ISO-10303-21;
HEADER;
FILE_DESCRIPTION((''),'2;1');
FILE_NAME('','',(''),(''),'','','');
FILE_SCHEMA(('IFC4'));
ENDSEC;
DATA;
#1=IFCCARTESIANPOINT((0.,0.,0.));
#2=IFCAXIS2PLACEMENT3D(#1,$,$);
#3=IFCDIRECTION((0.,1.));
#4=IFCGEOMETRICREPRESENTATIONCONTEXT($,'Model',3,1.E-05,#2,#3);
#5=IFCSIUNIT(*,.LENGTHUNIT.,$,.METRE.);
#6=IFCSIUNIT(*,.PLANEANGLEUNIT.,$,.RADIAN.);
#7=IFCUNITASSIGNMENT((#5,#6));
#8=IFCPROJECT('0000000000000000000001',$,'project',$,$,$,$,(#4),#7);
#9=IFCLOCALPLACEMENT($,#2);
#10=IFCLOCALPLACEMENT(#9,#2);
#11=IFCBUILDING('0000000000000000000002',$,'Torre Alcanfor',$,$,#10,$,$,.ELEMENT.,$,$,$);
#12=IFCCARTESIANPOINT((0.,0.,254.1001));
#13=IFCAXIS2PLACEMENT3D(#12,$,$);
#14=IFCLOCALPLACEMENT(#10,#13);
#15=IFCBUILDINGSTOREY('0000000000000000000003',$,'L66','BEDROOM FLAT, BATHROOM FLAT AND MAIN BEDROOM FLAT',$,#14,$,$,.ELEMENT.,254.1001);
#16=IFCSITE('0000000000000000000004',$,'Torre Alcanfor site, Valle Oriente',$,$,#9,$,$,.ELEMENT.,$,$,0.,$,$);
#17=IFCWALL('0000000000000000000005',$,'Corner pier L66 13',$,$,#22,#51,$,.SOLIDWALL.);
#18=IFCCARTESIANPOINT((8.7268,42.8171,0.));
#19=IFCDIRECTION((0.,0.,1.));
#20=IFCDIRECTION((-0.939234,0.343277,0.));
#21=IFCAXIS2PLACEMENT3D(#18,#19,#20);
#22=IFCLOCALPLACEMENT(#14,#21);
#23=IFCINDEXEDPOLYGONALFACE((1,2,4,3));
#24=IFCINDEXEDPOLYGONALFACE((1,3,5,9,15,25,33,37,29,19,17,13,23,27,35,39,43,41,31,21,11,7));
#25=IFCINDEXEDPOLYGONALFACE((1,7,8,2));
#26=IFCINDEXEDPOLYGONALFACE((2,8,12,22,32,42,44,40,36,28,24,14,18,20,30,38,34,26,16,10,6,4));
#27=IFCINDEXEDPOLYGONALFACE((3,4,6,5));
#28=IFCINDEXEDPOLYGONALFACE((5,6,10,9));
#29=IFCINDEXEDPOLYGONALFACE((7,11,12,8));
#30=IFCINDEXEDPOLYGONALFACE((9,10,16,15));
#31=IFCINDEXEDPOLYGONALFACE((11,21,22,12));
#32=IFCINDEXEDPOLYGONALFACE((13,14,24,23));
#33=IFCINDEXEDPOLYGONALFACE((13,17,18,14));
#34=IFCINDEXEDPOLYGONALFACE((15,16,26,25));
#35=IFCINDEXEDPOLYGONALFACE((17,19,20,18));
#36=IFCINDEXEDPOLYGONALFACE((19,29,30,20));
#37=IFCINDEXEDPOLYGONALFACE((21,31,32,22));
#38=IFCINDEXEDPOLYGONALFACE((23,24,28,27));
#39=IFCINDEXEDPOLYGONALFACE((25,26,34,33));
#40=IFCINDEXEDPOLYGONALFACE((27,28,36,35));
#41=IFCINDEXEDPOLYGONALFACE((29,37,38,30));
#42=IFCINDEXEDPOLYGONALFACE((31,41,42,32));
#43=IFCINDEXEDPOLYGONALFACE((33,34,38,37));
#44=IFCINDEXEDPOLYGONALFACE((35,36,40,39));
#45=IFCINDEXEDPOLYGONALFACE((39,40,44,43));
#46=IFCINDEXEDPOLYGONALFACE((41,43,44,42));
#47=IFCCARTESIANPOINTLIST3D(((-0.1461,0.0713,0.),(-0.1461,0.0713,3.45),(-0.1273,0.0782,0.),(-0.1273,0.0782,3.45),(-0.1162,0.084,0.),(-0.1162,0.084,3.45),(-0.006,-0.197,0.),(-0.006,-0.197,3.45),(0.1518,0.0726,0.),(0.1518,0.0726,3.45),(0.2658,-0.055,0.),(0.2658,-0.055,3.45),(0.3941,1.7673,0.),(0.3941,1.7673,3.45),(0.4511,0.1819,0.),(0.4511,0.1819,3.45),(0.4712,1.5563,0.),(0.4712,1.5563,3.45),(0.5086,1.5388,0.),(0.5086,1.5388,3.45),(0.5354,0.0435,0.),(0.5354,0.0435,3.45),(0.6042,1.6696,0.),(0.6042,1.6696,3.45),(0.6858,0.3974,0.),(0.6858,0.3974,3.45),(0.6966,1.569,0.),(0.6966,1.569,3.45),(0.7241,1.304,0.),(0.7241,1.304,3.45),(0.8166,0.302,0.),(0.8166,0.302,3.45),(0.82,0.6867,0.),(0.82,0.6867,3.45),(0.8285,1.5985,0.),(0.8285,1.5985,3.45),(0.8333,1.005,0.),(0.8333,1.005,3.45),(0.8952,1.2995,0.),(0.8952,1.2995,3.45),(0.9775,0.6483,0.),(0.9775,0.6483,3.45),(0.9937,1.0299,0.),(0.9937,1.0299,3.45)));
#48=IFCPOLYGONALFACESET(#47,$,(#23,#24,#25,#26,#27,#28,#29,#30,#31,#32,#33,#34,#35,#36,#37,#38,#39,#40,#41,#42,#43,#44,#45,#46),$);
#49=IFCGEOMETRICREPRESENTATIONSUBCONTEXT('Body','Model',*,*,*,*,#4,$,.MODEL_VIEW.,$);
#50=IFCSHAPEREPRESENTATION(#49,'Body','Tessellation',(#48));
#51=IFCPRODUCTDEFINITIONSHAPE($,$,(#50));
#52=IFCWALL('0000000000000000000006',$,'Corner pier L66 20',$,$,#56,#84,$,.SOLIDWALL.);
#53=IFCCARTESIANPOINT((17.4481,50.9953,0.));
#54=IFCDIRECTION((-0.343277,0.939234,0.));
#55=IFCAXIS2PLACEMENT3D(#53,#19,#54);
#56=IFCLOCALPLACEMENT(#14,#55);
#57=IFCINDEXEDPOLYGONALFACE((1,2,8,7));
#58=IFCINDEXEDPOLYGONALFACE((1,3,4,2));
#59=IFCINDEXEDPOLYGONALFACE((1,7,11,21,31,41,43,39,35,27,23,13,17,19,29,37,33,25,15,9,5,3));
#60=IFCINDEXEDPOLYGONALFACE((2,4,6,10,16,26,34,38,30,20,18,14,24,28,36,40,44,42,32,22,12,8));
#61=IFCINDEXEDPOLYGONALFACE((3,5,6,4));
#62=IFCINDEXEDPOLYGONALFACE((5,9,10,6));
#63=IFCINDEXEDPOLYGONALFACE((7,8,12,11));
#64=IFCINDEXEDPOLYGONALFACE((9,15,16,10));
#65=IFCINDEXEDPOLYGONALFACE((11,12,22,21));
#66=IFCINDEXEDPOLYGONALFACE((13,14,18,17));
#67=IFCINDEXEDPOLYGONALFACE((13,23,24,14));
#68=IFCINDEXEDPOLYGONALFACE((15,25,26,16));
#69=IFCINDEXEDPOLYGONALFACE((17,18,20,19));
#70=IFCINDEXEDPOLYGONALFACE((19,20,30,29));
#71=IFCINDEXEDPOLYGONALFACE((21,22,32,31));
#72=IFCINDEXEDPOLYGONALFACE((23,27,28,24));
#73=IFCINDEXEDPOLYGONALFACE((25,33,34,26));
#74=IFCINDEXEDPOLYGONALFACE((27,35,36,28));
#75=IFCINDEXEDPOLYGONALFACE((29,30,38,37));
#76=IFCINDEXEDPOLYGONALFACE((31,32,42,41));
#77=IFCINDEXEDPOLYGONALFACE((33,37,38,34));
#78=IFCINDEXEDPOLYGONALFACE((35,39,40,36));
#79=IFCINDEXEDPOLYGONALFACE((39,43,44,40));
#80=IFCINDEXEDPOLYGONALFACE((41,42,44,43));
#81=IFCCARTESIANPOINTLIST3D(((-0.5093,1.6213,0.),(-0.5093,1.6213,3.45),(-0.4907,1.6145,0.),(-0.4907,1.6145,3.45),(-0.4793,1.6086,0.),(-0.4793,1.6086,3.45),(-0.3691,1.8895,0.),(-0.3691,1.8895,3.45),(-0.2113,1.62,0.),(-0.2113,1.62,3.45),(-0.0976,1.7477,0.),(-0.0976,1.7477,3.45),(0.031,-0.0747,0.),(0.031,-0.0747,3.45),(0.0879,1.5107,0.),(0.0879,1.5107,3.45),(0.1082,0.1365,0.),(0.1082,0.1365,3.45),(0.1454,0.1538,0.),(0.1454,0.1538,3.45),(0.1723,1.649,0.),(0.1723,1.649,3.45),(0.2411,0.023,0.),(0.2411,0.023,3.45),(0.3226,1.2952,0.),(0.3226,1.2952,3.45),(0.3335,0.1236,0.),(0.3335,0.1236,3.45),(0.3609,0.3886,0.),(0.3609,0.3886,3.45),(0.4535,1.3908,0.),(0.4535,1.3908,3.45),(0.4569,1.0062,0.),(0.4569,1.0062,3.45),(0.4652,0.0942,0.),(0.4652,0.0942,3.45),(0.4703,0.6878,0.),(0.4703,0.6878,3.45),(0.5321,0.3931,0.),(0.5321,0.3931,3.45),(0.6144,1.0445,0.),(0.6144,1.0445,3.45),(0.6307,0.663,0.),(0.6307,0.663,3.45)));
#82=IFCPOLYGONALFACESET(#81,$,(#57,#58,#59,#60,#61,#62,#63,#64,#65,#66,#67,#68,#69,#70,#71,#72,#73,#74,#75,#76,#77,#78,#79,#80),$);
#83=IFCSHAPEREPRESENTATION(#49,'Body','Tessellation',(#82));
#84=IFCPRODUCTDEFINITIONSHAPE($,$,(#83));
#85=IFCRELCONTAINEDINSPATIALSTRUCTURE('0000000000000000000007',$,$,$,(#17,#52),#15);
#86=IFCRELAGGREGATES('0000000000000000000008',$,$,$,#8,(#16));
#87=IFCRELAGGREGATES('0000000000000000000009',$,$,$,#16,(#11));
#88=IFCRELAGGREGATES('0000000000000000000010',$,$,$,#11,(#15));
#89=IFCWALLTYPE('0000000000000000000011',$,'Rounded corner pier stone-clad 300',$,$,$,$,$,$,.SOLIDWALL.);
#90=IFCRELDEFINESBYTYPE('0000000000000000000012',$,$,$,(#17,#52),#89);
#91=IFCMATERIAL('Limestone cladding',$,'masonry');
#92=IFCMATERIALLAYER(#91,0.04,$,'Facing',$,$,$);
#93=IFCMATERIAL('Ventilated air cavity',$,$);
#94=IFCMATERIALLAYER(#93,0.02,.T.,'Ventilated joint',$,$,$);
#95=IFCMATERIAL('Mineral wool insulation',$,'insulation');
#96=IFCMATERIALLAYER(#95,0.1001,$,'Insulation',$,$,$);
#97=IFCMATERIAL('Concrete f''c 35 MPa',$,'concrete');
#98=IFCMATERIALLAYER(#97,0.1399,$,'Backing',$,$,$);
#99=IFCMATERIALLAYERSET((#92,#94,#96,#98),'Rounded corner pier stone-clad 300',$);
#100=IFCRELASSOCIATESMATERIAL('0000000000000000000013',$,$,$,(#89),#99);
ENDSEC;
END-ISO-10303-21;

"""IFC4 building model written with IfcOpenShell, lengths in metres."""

from ifc_helpers import new_model, si_unit, direction, frame, origin, place, context, subcontext, project, spatial, polyline, outline, extrude, material, layer, layer_set, type_object, element, save


model = new_model("IFC4")

# Units and contexts
model_context = context("Model", 3, precision=1e-05, world=origin(), true_north=direction((0.0, 1.0)))
body_context = subcontext(model_context, "Body", "Model", "MODEL_VIEW")
ifc_project = project(units=[si_unit("LENGTHUNIT", "METRE"), si_unit("PLANEANGLEUNIT", "RADIAN")], contexts=[model_context])

# Site, building, storey
site_placement = place(None, origin())
site = spatial("IfcSite", under=ifc_project, at=site_placement, Name="Torre Alcanfor site, Valle Oriente", CompositionType="ELEMENT", RefElevation=0.0)
building_placement = place(site_placement, origin())
building = spatial("IfcBuilding", under=site, at=building_placement, Name="Torre Alcanfor", CompositionType="ELEMENT")
storey_placement = place(building_placement, frame((0.0, 0.0, 254.1001)))
storey = spatial("IfcBuildingStorey", under=building, at=storey_placement, Name="L66", Description="BEDROOM FLAT, BATHROOM FLAT AND MAIN BEDROOM FLAT", CompositionType="ELEMENT", Elevation=254.1001)

# Shared definitions
ifc_material_1 = material(Name="Limestone cladding", Category="masonry")
ifc_material_2 = material(Name="Ventilated air cavity")
ifc_material_3 = material(Name="Mineral wool insulation", Category="insulation")
ifc_material_4 = material(Name="Concrete f'c 35 MPa", Category="concrete")

# Walls
ifc_layer_1 = layer(ifc_material_1, 0.04, Name="Facing")
ifc_layer_2 = layer(ifc_material_2, 0.02, ventilated=True, Name="Ventilated joint")
ifc_layer_3 = layer(ifc_material_3, 0.1001, Name="Insulation")
ifc_layer_4 = layer(ifc_material_4, 0.1399, Name="Backing")
ifc_layer_set_1 = layer_set([ifc_layer_1, ifc_layer_2, ifc_layer_3, ifc_layer_4], Name="Rounded corner pier stone-clad 300")
wall_type_1 = type_object("IfcWallType", Name="Rounded corner pier stone-clad 300", PredefinedType="SOLIDWALL", material=ifc_layer_set_1)
wall_1_placement = place(storey_placement, frame((8.7268, 42.8171, 0.0), z_axis=(0.0, 0.0, 1.0), x_axis=(-0.939234, 0.343277, 0.0)))
element("IfcWall", 1, at=wall_1_placement, inside=storey, type_object=wall_type_1, Name="Corner pier L66 13", PredefinedType="SOLIDWALL", context=body_context, shape_type="SweptSolid", body=[
    extrude(outline(polyline([(-0.1273, 0.0782), (-0.1461, 0.0713), (-0.006, -0.197), (0.2658, -0.055), (0.5354, 0.0435), (0.8166, 0.302), (0.9775, 0.6483), (0.9937, 1.0299), (0.8952, 1.2995), (0.8285, 1.5985), (0.6966, 1.569), (0.6042, 1.6696), (0.3941, 1.7673), (0.4712, 1.5563), (0.5086, 1.5388), (0.7241, 1.304), (0.8333, 1.005), (0.82, 0.6867), (0.6858, 0.3974), (0.4511, 0.1819), (0.1518, 0.0726), (-0.1162, 0.084), (-0.1273, 0.0782)])), origin(), (0.0, 0.0, 1.0), 3.45),
])
wall_2_placement = place(storey_placement, frame((17.4481, 50.9953, 0.0), z_axis=(0.0, 0.0, 1.0), x_axis=(-0.343277, 0.939234, 0.0)))
element("IfcWall", 2, at=wall_2_placement, inside=storey, type_object=wall_type_1, Name="Corner pier L66 20", PredefinedType="SOLIDWALL", context=body_context, shape_type="SweptSolid", body=[
    extrude(outline(polyline([(0.2411, 0.023), (0.3335, 0.1236), (0.4652, 0.0942), (0.5321, 0.3931), (0.6307, 0.663), (0.6144, 1.0445), (0.4535, 1.3908), (0.1723, 1.649), (-0.0976, 1.7477), (-0.3691, 1.8895), (-0.5093, 1.6213), (-0.4907, 1.6145), (-0.4793, 1.6086), (-0.2113, 1.62), (0.0879, 1.5107), (0.3226, 1.2952), (0.4569, 1.0062), (0.4703, 0.6878), (0.3609, 0.3886), (0.1454, 0.1538), (0.1082, 0.1365), (0.031, -0.0747), (0.2411, 0.023)])), origin(), (0.0, 0.0, 1.0), 3.45),
])

save(model, "model.ifc")
